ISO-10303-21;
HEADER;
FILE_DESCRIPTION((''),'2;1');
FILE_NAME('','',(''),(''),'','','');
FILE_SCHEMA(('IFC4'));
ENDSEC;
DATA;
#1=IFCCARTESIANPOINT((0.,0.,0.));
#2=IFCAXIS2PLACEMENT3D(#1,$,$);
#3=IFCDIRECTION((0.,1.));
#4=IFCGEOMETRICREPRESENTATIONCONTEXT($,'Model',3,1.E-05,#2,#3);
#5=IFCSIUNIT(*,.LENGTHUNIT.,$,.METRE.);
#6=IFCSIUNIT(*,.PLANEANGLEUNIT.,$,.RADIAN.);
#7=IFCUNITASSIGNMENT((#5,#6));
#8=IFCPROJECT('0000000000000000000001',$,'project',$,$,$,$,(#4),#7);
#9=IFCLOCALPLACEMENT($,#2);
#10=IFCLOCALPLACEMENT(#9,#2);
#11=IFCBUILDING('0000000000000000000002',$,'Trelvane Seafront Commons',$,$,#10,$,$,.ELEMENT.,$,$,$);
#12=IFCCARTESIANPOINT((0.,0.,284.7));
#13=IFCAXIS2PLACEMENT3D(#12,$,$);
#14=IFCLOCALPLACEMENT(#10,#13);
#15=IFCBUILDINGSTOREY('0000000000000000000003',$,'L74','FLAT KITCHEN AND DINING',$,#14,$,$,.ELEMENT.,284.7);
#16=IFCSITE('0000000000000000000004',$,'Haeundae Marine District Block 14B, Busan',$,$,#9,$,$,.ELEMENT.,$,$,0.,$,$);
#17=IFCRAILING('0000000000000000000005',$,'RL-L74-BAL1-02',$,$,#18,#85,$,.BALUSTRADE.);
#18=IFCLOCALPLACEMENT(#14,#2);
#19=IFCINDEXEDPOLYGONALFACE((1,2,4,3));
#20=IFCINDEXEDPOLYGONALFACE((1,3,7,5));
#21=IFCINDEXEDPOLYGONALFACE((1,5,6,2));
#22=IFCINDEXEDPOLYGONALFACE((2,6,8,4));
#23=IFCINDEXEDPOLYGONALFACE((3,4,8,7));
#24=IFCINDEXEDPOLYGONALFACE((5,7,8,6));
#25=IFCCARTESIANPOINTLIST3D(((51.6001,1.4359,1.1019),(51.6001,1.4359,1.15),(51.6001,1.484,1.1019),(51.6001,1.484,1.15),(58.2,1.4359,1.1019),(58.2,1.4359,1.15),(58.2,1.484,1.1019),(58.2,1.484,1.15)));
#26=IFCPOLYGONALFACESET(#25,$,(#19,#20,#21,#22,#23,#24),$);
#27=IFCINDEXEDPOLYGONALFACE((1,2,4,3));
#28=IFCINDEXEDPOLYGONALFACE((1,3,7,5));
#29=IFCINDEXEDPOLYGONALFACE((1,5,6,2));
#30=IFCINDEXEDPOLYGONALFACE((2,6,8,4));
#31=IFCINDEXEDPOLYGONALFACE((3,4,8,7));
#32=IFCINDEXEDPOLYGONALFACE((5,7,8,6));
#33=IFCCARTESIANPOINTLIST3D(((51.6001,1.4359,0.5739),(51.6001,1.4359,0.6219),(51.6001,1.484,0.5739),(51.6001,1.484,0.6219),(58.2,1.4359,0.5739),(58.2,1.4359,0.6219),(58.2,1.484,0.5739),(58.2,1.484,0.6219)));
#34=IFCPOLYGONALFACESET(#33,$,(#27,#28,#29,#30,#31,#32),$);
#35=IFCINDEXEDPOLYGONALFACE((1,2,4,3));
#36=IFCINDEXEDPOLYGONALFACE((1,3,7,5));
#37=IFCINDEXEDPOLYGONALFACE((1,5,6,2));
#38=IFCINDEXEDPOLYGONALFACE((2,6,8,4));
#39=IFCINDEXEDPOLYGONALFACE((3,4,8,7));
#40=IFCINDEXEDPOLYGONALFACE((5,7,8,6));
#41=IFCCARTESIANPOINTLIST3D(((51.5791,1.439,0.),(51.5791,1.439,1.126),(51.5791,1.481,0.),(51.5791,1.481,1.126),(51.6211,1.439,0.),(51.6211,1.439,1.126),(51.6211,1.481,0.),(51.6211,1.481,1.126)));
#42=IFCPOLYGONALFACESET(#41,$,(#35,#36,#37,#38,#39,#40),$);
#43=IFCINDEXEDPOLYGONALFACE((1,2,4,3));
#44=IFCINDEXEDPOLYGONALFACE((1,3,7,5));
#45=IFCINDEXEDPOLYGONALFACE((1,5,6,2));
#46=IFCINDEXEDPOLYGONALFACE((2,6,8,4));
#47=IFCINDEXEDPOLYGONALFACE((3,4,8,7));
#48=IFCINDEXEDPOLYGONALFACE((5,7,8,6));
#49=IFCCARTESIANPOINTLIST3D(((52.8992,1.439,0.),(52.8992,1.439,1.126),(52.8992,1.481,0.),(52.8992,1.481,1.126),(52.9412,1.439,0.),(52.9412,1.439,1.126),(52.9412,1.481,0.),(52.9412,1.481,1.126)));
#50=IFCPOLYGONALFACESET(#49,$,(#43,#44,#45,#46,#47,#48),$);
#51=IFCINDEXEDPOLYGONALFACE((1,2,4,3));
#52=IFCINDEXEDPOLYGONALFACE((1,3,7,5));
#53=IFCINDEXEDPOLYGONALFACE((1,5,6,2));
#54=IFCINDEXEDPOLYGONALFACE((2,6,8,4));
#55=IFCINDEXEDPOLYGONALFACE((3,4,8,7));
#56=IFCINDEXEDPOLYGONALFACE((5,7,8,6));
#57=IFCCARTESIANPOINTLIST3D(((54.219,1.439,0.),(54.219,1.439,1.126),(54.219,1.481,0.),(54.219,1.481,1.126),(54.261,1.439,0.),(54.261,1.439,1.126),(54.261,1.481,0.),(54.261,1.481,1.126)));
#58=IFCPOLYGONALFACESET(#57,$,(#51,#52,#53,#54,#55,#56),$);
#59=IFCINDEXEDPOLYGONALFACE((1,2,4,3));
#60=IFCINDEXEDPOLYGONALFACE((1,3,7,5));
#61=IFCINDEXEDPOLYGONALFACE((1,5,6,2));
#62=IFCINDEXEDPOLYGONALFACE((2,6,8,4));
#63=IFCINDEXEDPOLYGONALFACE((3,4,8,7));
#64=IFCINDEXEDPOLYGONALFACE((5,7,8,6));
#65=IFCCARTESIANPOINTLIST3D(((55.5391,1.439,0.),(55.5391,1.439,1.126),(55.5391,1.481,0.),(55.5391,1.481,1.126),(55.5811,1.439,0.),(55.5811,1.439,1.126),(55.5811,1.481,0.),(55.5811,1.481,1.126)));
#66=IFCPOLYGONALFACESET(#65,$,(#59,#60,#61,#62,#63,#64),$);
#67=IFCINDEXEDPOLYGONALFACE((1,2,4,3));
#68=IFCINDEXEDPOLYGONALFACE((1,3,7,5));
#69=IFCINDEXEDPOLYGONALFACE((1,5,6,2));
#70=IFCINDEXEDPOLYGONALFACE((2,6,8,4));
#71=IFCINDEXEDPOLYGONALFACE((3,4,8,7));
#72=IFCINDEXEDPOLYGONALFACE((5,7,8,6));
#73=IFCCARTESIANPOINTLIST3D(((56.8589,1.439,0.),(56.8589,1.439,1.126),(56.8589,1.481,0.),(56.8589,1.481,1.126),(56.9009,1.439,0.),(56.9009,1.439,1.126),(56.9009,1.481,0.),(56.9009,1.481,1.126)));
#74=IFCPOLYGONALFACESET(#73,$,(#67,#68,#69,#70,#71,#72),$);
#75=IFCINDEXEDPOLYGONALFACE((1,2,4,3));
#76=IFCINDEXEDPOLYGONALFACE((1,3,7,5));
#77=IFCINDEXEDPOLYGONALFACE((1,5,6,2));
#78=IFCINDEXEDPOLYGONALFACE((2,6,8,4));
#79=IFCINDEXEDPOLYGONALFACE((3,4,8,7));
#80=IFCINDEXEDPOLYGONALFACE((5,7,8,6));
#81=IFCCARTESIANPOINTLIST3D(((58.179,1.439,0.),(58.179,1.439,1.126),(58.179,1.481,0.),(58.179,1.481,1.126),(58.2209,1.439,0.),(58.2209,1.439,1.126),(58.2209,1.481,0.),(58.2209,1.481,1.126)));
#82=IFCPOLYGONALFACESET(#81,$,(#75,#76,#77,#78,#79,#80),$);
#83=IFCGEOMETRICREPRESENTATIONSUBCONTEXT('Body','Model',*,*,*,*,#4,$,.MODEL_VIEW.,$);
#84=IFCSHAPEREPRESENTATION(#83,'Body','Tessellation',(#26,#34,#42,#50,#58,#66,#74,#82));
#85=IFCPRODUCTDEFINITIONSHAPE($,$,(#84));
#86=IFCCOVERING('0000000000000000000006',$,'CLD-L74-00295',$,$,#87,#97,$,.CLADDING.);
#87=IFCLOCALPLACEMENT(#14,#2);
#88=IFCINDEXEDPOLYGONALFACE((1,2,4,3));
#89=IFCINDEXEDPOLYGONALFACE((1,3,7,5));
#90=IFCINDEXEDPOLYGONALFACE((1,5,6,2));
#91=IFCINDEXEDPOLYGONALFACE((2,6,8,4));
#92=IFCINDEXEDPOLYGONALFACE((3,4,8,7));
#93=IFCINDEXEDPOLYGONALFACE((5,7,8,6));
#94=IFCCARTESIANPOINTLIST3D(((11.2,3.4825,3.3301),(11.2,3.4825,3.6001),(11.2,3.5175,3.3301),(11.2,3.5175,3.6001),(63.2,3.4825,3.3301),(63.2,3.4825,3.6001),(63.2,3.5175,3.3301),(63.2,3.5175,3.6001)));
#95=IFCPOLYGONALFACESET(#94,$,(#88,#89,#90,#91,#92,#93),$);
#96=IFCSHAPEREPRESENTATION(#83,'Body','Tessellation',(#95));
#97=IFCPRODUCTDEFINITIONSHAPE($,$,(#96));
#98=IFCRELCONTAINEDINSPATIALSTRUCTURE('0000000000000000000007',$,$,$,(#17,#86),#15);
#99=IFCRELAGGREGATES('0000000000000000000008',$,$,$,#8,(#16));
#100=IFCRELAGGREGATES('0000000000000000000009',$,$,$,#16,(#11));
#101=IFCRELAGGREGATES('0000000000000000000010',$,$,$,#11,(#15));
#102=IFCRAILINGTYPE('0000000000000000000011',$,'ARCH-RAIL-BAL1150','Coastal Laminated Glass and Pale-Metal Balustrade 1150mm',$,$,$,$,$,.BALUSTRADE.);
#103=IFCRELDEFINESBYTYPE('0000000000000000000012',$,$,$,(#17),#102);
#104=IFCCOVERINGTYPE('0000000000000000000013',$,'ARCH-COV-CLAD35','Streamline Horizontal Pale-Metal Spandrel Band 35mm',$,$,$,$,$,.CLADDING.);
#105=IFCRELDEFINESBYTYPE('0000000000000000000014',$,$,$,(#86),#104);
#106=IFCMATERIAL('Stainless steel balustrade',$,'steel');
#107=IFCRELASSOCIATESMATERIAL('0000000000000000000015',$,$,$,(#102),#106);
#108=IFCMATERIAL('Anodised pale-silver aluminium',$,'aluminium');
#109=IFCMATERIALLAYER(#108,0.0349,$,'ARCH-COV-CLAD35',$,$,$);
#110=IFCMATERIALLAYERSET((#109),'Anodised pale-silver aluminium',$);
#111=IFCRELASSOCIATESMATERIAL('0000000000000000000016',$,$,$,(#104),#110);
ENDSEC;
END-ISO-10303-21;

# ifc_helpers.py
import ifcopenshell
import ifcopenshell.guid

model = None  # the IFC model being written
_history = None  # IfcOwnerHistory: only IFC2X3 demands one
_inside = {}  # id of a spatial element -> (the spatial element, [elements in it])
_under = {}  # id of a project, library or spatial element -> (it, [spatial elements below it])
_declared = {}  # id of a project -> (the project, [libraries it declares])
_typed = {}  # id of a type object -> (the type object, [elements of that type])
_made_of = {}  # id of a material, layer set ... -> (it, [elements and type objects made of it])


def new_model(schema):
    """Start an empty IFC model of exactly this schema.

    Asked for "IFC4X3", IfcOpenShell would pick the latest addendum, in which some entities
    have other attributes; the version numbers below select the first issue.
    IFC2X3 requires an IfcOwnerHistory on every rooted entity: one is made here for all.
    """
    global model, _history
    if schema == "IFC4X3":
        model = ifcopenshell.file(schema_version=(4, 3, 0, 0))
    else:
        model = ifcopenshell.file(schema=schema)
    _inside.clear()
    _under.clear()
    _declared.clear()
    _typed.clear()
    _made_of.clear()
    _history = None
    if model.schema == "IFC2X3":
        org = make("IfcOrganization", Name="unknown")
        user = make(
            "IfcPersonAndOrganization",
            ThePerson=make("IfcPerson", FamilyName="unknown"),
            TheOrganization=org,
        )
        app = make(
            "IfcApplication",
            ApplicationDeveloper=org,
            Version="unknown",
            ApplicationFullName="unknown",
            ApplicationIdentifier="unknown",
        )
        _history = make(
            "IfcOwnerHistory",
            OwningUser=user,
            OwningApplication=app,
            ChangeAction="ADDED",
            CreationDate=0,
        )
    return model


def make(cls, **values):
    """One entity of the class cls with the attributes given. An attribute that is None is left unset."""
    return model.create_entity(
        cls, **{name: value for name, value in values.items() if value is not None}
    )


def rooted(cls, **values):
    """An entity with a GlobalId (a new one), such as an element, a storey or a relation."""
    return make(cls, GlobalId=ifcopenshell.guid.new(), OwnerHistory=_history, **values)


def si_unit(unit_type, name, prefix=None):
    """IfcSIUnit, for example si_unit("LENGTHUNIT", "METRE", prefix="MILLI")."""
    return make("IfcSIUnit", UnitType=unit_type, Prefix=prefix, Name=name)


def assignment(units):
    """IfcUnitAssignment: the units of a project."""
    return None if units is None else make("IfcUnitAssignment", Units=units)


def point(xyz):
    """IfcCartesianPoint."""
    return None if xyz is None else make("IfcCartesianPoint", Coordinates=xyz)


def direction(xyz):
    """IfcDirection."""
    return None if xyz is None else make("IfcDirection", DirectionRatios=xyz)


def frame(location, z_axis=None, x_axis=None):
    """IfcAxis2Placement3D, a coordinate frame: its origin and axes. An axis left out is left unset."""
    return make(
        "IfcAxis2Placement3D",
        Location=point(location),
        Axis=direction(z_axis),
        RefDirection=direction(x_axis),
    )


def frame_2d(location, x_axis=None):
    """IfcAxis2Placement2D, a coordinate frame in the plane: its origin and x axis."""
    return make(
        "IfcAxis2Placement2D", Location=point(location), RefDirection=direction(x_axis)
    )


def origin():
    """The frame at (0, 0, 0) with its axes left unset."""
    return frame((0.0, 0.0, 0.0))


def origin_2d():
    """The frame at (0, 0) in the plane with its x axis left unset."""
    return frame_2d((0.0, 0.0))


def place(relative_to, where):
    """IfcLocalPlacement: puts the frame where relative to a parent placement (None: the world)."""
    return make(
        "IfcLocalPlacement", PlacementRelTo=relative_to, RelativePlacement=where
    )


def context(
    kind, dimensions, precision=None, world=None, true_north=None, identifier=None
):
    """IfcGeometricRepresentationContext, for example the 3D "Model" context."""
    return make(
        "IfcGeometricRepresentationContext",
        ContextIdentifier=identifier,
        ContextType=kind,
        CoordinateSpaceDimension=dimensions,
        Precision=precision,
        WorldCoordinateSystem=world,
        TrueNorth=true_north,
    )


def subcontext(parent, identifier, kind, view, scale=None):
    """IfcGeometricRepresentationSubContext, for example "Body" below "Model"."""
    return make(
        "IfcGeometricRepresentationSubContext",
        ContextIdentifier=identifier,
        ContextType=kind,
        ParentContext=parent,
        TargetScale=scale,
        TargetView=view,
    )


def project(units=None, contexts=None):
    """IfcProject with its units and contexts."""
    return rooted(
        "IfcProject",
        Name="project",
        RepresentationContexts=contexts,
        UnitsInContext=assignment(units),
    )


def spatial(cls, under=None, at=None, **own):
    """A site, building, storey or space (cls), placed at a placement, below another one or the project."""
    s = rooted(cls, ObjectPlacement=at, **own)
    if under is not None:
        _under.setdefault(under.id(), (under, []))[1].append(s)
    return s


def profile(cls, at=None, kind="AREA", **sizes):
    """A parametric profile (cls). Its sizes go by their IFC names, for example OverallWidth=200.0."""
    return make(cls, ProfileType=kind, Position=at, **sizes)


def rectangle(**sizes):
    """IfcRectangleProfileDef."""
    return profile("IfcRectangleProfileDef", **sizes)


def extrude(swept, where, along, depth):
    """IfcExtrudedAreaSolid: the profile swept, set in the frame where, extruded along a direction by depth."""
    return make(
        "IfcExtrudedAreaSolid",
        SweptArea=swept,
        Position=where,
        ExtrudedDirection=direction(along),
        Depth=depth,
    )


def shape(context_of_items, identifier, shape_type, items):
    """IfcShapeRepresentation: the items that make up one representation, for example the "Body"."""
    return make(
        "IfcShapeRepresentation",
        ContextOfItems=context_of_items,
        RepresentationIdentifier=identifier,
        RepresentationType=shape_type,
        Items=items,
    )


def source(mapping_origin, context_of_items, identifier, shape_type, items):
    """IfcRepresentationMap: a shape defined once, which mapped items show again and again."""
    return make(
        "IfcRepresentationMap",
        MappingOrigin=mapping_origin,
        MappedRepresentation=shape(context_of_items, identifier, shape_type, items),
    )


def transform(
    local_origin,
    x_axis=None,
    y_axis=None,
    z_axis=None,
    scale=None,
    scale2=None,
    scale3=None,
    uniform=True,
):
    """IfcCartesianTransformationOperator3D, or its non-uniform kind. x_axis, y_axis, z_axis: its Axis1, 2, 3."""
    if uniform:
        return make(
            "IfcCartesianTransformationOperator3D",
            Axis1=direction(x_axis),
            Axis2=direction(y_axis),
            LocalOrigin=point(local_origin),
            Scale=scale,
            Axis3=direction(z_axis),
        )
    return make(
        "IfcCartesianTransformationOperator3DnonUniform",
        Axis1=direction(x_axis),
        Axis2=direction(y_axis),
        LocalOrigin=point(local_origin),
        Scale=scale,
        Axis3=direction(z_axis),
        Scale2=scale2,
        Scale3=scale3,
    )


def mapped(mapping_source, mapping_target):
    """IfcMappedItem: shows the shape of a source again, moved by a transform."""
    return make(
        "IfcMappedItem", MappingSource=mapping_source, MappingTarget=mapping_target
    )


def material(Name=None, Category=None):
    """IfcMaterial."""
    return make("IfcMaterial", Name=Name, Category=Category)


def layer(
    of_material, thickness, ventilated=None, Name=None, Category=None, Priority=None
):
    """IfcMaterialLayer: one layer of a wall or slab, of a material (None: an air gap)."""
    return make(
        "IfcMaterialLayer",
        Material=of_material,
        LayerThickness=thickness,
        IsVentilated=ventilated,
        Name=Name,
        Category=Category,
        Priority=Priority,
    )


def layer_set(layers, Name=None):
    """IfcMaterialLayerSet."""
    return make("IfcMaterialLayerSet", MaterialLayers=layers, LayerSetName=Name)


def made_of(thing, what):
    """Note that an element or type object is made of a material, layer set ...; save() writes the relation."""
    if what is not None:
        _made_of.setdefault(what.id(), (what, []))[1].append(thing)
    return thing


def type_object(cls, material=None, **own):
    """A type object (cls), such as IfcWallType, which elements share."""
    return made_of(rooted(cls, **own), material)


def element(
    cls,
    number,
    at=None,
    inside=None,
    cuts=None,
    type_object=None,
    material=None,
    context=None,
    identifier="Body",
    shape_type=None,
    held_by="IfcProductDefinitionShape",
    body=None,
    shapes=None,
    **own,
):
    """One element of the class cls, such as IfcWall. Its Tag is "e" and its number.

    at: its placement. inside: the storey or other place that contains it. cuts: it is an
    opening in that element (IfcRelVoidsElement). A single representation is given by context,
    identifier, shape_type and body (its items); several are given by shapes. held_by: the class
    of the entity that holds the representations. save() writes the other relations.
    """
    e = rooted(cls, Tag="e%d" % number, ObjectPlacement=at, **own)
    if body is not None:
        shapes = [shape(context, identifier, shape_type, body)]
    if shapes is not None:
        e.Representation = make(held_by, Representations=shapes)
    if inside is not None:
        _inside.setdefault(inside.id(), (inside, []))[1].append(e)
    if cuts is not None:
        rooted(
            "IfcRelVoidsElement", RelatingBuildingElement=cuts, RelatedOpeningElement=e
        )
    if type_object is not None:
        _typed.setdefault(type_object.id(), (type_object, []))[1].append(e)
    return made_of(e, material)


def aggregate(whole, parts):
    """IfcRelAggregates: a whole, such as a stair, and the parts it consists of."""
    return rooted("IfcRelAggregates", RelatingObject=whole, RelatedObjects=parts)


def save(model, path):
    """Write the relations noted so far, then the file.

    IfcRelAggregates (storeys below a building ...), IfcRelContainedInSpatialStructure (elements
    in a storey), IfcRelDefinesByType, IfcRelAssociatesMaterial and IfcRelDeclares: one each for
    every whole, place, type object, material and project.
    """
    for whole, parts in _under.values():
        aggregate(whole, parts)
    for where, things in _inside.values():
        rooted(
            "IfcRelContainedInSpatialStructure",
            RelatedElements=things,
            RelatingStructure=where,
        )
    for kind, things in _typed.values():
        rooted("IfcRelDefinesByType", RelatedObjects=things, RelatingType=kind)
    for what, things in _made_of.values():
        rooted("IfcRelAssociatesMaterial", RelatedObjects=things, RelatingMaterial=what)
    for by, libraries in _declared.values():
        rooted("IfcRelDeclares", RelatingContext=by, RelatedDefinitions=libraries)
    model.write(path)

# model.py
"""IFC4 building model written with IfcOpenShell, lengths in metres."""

from ifc_helpers import new_model, si_unit, direction, frame, origin, origin_2d, place, context, subcontext, project, spatial, rectangle, extrude, source, transform, mapped, material, layer, layer_set, type_object, element, save


model = new_model("IFC4")

# Units and contexts
model_context = context("Model", 3, precision=1e-05, world=origin(), true_north=direction((0.0, 1.0)))
body_context = subcontext(model_context, "Body", "Model", "MODEL_VIEW")
ifc_project = project(units=[si_unit("LENGTHUNIT", "METRE"), si_unit("PLANEANGLEUNIT", "RADIAN")], contexts=[model_context])

# Site, building, storey
site_placement = place(None, origin())
site = spatial("IfcSite", under=ifc_project, at=site_placement, Name="Haeundae Marine District Block 14B, Busan", CompositionType="ELEMENT", RefElevation=0.0)
building_placement = place(site_placement, origin())
building = spatial("IfcBuilding", under=site, at=building_placement, Name="Trelvane Seafront Commons", CompositionType="ELEMENT")
storey_placement = place(building_placement, frame((0.0, 0.0, 284.7)))
storey = spatial("IfcBuildingStorey", under=building, at=storey_placement, Name="L74", Description="FLAT KITCHEN AND DINING", CompositionType="ELEMENT", Elevation=284.7)

# Shared definitions
ifc_material_1 = material(Name="Anodised pale-silver aluminium", Category="aluminium")

# Railing
ifc_material_2 = material(Name="Stainless steel balustrade", Category="steel")
railing_type = type_object("IfcRailingType", Name="ARCH-RAIL-BAL1150", Description="Coastal Laminated Glass and Pale-Metal Balustrade 1150mm", PredefinedType="BALUSTRADE", material=ifc_material_2)
railing_placement = place(storey_placement, frame((51.6001, 1.46, 0.0)))
element("IfcRailing", 1, at=railing_placement, inside=storey, type_object=railing_type, Name="RL-L74-BAL1-02", PredefinedType="BALUSTRADE", context=body_context, shape_type="SweptSolid", body=[
    extrude(rectangle(XDim=0.0481, YDim=0.0481, at=origin_2d()), frame((0.0, 0.0, 1.126), z_axis=(1.0, 0.0, 0.0), x_axis=(0.0, 1.0, 0.0)), (0.0, 0.0, 1.0), 6.5999),
    extrude(rectangle(XDim=0.0481, YDim=0.0481, at=origin_2d()), frame((0.0, 0.0, 0.5979), z_axis=(1.0, 0.0, 0.0), x_axis=(0.0, 1.0, 0.0)), (0.0, 0.0, 1.0), 6.5999),
    extrude(rectangle(XDim=0.042, YDim=0.042, at=origin_2d()), origin(), (0.0, 0.0, 1.0), 1.126),
    extrude(rectangle(XDim=0.042, YDim=0.042, at=origin_2d()), frame((1.3201, 0.0, 0.0)), (0.0, 0.0, 1.0), 1.126),
    extrude(rectangle(XDim=0.042, YDim=0.042, at=origin_2d()), frame((2.6399, 0.0, 0.0)), (0.0, 0.0, 1.0), 1.126),
    extrude(rectangle(XDim=0.042, YDim=0.042, at=origin_2d()), frame((3.96, 0.0, 0.0)), (0.0, 0.0, 1.0), 1.126),
    extrude(rectangle(XDim=0.042, YDim=0.042, at=origin_2d()), frame((5.2798, 0.0, 0.0)), (0.0, 0.0, 1.0), 1.126),
    extrude(rectangle(XDim=0.042, YDim=0.042, at=origin_2d()), frame((6.5999, 0.0, 0.0)), (0.0, 0.0, 1.0), 1.126),
])

# Covering
ifc_layer_1 = layer(ifc_material_1, 0.0349, Name="ARCH-COV-CLAD35")
ifc_layer_set_1 = layer_set([ifc_layer_1], Name="Anodised pale-silver aluminium")
covering_type = type_object("IfcCoveringType", Name="ARCH-COV-CLAD35", Description="Streamline Horizontal Pale-Metal Spandrel Band 35mm", PredefinedType="CLADDING", material=ifc_layer_set_1)
shared_shape_1 = source(origin(), body_context, "Body", "SweptSolid", [
    extrude(rectangle(XDim=52.0, YDim=0.0349, at=origin_2d()), origin(), (0.0, 0.0, 1.0), 0.27),
])
covering_placement = place(storey_placement, frame((37.2, 3.5, 3.3301), z_axis=(0.0, 0.0, 1.0), x_axis=(-1.0, 0.0, 0.0)))
element("IfcCovering", 2, at=covering_placement, inside=storey, type_object=covering_type, Name="CLD-L74-00295", PredefinedType="CLADDING", context=body_context, shape_type="MappedRepresentation", body=[
    mapped(shared_shape_1, transform((0.0, 0.0, 0.0), x_axis=(1.0, 0.0, 0.0), y_axis=(0.0, 1.0, 0.0), z_axis=(0.0, 0.0, 1.0), scale=1.0)),
])

save(model, "model.ifc")
